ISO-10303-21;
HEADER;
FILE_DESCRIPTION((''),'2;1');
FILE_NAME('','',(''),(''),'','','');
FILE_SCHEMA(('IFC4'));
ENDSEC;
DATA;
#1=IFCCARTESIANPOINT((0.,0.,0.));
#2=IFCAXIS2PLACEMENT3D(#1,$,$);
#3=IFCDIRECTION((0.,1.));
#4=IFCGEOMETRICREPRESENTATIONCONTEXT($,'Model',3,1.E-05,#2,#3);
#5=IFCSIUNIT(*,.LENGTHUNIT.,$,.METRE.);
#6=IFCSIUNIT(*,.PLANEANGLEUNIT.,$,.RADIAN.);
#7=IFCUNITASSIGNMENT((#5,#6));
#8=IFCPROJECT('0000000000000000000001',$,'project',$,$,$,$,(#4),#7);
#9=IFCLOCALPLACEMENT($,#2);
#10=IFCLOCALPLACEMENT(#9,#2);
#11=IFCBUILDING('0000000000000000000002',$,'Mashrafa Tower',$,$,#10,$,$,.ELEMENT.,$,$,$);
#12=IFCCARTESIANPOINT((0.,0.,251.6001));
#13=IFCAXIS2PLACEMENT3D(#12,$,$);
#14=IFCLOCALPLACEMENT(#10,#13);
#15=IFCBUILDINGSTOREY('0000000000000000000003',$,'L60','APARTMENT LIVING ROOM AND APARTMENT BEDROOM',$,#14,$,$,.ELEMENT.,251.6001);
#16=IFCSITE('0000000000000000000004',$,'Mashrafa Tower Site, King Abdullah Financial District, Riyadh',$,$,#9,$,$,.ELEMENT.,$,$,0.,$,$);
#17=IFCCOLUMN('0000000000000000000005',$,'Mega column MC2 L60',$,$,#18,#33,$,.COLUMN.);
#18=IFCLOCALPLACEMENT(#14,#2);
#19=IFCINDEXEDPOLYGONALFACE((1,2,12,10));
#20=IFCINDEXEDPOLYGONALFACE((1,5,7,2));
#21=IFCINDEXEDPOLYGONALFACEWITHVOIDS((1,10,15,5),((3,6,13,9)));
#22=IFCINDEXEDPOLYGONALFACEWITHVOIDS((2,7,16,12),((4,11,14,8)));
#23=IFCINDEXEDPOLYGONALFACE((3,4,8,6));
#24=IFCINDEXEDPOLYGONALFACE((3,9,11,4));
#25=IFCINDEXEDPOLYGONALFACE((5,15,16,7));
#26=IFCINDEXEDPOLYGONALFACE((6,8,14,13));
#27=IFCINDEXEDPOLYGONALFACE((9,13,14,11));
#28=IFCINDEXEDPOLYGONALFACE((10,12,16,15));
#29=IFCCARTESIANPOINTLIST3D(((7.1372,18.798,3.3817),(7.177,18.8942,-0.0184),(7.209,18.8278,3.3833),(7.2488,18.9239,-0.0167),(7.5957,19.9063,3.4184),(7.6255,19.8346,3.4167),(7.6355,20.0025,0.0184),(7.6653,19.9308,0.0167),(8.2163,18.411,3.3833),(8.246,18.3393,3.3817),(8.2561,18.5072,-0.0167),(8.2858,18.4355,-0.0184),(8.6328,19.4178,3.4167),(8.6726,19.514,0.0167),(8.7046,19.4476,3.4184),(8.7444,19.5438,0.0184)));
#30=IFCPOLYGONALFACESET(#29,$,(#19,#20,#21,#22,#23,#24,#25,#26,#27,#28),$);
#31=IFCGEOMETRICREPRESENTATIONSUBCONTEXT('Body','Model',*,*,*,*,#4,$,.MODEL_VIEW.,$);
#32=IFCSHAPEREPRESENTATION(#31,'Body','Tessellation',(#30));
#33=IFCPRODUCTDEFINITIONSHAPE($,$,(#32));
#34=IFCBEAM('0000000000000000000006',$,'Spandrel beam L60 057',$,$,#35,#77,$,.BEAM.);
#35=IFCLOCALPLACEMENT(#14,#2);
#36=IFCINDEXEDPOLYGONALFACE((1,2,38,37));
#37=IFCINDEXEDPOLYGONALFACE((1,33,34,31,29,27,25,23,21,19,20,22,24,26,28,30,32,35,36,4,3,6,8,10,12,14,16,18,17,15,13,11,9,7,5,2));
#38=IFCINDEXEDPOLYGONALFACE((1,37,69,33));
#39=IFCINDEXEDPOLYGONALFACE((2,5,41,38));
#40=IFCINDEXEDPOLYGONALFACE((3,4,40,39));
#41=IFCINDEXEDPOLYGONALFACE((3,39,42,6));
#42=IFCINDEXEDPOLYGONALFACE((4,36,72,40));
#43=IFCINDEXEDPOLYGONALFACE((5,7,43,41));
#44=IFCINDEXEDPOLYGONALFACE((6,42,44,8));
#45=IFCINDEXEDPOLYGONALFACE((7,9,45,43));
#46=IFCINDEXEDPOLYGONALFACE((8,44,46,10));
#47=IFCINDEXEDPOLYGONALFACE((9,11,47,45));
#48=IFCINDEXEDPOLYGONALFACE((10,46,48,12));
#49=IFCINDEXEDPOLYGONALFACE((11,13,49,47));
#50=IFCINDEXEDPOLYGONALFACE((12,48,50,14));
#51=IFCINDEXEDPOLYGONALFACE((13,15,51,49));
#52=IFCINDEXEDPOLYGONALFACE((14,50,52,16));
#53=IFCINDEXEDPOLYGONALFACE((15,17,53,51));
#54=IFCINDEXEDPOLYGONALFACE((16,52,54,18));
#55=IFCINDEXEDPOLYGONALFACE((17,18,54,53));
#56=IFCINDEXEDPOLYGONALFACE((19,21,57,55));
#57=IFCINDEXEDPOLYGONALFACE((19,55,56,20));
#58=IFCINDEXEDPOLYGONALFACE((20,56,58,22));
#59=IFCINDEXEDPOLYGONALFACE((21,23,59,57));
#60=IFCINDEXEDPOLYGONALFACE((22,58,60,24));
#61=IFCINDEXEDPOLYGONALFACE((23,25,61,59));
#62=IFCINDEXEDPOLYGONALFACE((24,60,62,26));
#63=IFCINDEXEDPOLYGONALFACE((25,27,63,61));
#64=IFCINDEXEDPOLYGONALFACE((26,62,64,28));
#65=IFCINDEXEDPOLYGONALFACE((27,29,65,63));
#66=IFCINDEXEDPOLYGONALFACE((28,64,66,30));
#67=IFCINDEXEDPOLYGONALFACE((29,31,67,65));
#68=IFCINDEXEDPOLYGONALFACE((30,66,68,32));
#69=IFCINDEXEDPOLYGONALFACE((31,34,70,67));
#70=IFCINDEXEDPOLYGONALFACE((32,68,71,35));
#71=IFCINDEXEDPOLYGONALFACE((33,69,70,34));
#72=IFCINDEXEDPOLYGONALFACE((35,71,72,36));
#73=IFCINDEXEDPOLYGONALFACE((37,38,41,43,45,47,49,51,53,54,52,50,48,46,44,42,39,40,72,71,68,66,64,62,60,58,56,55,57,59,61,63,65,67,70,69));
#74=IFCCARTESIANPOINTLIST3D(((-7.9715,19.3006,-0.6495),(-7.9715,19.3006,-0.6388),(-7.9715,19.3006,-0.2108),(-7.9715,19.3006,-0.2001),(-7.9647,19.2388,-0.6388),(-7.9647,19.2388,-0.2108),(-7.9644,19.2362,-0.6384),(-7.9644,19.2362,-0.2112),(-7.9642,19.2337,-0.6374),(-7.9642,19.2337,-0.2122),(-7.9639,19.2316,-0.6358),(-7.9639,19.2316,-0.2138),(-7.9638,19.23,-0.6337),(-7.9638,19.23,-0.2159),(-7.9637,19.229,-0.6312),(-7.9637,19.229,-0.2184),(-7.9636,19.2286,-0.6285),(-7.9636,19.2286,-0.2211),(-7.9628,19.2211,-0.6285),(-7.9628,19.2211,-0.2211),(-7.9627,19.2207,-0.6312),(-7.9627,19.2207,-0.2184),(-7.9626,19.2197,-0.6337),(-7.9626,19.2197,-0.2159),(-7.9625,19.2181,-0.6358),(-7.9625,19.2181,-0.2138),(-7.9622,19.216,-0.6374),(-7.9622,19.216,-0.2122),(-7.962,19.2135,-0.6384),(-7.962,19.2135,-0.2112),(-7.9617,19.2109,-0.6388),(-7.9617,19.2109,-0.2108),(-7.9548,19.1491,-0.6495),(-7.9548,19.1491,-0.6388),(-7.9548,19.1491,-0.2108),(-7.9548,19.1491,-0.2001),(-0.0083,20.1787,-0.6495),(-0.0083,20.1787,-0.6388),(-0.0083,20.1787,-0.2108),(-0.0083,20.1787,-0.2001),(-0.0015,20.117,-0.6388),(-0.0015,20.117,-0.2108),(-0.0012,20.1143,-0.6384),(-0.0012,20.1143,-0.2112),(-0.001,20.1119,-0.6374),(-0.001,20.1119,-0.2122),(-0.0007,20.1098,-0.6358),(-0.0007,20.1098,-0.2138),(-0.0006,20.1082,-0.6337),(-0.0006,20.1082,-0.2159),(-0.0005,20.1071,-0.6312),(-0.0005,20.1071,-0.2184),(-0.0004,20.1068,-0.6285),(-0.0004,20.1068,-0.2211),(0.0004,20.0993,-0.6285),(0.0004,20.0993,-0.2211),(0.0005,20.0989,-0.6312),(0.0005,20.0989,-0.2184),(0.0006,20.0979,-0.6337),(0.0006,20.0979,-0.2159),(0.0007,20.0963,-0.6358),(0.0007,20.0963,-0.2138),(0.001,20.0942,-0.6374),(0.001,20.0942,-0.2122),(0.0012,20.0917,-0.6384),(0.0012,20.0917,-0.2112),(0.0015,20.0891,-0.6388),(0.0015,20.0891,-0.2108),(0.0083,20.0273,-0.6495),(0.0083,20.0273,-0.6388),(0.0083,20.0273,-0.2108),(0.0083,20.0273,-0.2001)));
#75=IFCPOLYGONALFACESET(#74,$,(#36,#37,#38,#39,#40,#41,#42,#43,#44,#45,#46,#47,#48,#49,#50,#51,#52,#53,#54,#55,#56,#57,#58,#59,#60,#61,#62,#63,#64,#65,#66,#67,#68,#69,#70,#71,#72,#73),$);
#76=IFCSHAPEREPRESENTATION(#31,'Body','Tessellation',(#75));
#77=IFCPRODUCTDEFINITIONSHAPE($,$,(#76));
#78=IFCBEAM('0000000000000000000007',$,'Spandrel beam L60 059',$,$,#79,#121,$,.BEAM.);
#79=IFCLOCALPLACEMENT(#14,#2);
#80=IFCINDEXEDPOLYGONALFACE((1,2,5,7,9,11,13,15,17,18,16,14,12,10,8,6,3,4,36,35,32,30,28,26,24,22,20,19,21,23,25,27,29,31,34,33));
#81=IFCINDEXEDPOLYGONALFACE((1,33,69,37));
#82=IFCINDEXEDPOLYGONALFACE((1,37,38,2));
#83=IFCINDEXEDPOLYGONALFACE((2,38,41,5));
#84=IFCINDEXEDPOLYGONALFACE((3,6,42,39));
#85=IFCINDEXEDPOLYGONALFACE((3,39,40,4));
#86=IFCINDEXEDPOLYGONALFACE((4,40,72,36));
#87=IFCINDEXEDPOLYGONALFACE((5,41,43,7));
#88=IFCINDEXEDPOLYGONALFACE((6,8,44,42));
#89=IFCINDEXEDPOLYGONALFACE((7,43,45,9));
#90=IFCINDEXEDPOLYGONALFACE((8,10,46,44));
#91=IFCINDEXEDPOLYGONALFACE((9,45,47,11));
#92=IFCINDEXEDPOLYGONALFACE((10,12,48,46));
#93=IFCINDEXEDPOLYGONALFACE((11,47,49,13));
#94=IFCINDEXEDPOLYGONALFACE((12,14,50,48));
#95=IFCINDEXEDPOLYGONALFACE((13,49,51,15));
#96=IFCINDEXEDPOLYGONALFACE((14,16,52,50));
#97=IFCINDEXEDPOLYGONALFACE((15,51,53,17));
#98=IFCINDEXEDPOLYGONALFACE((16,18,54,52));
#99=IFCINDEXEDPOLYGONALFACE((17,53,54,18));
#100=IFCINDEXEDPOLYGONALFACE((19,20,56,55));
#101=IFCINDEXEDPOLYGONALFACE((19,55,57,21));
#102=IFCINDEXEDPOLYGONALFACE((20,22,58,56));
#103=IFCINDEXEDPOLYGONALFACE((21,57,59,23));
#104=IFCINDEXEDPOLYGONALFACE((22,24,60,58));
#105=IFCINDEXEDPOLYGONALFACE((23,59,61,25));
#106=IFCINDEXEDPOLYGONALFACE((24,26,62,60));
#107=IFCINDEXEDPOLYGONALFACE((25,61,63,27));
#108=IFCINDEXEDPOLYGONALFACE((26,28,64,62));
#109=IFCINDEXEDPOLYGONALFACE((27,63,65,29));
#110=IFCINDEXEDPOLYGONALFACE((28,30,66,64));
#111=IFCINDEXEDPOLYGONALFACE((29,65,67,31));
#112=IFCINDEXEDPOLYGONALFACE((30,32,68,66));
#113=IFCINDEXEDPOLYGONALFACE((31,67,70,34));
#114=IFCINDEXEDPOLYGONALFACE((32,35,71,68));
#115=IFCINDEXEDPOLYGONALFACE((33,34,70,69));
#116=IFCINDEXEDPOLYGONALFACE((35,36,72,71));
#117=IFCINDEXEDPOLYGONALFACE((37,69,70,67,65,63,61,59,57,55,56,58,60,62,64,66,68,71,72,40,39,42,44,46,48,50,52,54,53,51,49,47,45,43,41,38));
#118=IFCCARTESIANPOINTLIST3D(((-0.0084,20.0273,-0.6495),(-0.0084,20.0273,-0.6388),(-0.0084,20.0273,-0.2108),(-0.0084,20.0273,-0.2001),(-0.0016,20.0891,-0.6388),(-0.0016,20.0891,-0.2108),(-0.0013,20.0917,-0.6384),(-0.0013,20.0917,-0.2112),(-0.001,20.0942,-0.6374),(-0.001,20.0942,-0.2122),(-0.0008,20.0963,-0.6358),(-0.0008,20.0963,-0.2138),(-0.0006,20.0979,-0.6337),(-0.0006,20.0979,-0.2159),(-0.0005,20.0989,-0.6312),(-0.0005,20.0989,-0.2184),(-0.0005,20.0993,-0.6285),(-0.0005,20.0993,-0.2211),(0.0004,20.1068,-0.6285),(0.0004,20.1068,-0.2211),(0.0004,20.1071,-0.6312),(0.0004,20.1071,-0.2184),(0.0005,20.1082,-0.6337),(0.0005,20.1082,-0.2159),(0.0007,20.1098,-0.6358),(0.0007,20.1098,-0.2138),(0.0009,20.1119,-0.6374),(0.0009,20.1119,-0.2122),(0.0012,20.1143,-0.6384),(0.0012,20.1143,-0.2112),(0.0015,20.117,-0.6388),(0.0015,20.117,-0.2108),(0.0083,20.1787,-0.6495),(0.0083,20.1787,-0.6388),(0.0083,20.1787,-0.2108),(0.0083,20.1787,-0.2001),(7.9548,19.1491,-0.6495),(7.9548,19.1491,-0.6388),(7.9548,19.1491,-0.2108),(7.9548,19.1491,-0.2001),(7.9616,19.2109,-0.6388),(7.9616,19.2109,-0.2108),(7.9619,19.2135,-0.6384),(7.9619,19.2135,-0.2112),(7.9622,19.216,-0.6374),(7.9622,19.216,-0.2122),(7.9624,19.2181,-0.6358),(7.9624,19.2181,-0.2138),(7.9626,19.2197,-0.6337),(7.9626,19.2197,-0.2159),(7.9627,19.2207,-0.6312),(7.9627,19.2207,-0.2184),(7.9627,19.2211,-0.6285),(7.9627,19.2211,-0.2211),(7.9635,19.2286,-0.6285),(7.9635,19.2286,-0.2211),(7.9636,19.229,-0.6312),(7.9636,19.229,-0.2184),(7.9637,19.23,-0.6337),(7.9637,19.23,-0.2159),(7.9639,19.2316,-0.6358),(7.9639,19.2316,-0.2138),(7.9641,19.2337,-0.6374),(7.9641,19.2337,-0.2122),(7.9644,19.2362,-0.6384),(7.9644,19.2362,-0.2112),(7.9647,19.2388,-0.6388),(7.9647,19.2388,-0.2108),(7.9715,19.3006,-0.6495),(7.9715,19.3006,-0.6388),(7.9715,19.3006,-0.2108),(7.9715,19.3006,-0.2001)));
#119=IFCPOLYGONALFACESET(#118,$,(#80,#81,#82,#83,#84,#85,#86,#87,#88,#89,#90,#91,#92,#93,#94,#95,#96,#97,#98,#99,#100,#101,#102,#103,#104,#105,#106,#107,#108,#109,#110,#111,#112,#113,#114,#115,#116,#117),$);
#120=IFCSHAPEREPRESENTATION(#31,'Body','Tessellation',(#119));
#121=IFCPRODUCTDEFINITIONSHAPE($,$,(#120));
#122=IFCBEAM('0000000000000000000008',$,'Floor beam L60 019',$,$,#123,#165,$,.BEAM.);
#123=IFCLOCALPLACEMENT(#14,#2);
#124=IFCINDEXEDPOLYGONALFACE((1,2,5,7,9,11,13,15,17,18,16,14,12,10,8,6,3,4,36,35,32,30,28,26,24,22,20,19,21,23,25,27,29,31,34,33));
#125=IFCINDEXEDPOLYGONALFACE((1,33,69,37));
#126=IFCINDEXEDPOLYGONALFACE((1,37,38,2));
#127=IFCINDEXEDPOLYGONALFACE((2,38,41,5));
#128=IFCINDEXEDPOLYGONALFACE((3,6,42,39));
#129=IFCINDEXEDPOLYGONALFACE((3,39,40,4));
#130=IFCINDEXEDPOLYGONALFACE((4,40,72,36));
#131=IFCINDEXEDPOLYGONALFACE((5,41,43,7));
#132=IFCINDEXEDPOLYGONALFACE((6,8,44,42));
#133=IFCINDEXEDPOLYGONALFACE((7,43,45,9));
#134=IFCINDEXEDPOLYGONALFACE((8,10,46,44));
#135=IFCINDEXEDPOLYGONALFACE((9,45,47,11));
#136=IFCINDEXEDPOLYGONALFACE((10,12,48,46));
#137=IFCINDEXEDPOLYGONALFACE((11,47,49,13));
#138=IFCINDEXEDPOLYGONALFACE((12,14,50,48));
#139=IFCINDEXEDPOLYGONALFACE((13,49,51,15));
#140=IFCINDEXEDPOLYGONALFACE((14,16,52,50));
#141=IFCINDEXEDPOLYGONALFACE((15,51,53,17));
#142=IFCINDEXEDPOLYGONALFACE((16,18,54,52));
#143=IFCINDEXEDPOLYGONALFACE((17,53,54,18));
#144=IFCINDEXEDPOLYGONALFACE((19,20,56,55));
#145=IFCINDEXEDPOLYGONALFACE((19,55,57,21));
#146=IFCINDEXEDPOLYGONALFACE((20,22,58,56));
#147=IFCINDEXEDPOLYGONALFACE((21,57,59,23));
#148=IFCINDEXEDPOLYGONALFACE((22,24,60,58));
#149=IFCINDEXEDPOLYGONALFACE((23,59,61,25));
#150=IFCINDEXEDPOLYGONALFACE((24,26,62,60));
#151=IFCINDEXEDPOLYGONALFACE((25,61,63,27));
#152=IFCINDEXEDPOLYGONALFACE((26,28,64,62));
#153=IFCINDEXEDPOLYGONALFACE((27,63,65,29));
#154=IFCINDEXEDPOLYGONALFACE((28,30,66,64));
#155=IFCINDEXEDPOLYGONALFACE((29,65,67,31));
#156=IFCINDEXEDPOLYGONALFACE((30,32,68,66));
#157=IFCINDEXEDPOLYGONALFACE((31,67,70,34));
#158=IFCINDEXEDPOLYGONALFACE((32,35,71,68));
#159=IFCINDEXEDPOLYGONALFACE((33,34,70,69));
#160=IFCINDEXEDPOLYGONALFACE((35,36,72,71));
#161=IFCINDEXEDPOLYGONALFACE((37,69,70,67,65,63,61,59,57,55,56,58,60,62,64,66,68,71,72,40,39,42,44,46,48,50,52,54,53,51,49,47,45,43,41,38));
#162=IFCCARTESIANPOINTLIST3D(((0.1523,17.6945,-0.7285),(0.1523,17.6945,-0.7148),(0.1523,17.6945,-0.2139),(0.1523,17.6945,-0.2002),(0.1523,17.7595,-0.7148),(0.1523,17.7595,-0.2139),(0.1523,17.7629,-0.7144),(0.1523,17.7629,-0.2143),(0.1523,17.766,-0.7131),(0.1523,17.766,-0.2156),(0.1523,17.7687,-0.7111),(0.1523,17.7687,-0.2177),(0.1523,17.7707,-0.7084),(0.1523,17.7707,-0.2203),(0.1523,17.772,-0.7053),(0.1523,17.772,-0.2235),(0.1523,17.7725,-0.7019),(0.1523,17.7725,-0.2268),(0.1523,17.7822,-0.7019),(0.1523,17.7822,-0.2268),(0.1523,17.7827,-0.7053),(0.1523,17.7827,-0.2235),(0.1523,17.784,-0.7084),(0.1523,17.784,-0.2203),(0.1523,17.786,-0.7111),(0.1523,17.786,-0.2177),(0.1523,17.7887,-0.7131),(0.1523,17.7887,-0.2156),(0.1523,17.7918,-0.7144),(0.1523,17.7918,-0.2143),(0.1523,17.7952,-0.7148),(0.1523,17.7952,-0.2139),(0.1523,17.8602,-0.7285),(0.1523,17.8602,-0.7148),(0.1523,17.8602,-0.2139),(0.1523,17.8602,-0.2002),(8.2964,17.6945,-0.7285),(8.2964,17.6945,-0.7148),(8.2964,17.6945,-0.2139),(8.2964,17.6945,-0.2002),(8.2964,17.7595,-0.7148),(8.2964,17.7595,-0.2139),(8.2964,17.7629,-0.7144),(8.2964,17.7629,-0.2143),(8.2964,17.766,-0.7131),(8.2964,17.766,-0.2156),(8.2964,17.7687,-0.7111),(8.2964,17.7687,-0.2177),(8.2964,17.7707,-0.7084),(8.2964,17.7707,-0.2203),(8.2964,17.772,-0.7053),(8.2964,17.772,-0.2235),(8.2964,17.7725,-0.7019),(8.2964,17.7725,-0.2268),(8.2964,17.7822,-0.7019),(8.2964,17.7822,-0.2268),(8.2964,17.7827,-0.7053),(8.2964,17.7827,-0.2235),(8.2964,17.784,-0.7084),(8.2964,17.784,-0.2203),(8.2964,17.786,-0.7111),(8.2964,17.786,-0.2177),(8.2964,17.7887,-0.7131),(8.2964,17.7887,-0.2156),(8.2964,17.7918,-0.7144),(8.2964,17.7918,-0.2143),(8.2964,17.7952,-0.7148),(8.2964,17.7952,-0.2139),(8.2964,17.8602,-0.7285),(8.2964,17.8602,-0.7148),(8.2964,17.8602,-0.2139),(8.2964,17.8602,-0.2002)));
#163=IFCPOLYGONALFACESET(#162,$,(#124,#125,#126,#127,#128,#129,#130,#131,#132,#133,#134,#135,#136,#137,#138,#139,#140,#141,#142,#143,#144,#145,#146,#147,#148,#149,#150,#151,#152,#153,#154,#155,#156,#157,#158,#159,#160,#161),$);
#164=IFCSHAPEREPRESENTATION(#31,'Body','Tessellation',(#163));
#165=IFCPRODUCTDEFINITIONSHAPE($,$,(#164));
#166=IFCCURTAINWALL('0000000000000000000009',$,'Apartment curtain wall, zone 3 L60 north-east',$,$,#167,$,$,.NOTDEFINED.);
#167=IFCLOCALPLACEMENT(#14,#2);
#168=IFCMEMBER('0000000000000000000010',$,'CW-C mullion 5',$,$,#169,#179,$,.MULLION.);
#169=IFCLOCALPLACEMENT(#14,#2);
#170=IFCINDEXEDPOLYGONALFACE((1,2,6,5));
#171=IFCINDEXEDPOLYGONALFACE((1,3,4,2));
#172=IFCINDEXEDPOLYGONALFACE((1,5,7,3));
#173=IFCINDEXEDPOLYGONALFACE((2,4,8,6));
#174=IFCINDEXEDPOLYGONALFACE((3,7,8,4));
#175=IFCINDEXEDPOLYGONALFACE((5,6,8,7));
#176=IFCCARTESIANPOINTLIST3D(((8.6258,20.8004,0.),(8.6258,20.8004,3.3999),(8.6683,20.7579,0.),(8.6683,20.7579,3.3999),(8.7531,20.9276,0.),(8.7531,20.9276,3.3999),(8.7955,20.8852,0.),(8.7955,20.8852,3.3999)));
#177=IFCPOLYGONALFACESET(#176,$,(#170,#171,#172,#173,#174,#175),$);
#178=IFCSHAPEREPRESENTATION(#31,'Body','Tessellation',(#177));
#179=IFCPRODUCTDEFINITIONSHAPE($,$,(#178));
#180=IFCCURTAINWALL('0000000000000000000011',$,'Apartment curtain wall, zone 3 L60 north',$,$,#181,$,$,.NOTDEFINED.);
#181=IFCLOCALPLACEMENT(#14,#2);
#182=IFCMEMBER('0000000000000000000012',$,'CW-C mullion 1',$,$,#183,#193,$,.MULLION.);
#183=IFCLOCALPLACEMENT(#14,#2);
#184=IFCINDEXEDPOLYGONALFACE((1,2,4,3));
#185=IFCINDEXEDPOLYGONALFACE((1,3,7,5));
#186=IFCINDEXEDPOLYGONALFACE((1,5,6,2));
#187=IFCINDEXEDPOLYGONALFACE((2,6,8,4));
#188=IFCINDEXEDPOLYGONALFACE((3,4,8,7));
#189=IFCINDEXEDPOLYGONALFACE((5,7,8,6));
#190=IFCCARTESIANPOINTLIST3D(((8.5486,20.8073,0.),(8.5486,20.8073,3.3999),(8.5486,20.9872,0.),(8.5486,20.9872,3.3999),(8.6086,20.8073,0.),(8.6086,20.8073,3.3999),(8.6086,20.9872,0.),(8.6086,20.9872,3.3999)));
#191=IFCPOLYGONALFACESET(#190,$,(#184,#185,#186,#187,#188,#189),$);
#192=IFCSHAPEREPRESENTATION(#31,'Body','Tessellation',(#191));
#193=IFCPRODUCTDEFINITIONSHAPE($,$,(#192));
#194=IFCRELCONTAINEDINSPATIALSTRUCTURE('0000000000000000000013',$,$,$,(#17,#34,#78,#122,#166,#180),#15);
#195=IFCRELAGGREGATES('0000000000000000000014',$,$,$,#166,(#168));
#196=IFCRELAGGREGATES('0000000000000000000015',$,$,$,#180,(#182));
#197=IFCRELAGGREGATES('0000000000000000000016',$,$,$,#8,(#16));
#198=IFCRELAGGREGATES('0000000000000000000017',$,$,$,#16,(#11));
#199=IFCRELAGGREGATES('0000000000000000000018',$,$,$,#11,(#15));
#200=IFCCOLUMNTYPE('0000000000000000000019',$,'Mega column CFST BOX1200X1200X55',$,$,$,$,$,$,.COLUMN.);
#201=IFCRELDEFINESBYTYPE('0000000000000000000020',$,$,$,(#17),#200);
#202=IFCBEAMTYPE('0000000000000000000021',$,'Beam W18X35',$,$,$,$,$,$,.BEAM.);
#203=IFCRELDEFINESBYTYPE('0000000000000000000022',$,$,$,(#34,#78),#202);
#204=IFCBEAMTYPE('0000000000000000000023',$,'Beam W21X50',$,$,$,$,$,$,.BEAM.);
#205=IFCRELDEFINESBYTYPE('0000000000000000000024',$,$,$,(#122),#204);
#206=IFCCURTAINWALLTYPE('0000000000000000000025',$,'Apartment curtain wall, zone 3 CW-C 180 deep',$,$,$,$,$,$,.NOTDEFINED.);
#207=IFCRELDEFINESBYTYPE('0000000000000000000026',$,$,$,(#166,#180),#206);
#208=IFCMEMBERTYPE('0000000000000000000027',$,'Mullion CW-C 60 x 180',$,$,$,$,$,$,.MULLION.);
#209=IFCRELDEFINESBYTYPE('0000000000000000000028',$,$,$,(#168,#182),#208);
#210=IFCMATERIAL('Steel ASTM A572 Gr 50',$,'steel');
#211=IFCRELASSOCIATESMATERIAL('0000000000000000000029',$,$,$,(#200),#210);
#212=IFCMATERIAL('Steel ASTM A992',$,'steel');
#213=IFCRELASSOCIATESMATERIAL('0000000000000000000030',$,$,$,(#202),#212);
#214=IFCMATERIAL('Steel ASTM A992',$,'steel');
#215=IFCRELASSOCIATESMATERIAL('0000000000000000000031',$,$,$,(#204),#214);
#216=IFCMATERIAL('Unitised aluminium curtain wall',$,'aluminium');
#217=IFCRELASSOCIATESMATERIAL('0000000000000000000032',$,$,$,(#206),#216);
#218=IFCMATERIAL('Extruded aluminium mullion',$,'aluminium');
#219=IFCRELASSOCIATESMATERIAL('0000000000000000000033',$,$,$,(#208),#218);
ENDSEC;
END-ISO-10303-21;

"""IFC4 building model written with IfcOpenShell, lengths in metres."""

from ifc_helpers import new_model, si_unit, direction, frame, origin, origin_2d, place, context, subcontext, project, spatial, rectangle, hollow_rectangle, i_section, extrude, source, transform, mapped, material, material_profile, profile_set, type_object, type_shapes, element, aggregate, save


model = new_model("IFC4")

# Units and contexts
model_context = context("Model", 3, precision=1e-05, world=origin(), true_north=direction((0.0, 1.0)))
body_context = subcontext(model_context, "Body", "Model", "MODEL_VIEW")
ifc_project = project(units=[si_unit("LENGTHUNIT", "METRE"), si_unit("PLANEANGLEUNIT", "RADIAN")], contexts=[model_context])

# Site, building, storey
site_placement = place(None, origin())
site = spatial("IfcSite", under=ifc_project, at=site_placement, Name="Mashrafa Tower Site, King Abdullah Financial District, Riyadh", CompositionType="ELEMENT", RefElevation=0.0)
building_placement = place(site_placement, origin())
building = spatial("IfcBuilding", under=site, at=building_placement, Name="Mashrafa Tower", CompositionType="ELEMENT")
storey_placement = place(building_placement, frame((0.0, 0.0, 251.6001)))
storey = spatial("IfcBuildingStorey", under=building, at=storey_placement, Name="L60", Description="APARTMENT LIVING ROOM AND APARTMENT BEDROOM", CompositionType="ELEMENT", Elevation=251.6001)

# Column
ifc_material_1 = material(Name="Steel ASTM A572 Gr 50", Category="steel")
ifc_material_profile_1 = material_profile(ifc_material_1, hollow_rectangle(XDim=1.2, YDim=1.2, WallThickness=0.0549, at=origin_2d()), Name="BOX1200X1200X55")
ifc_profile_set_1 = profile_set([ifc_material_profile_1], Name="Steel ASTM A572 Gr 50")
column_type = type_object("IfcColumnType", Name="Mega column CFST BOX1200X1200X55", PredefinedType="COLUMN", material=ifc_profile_set_1)
column_placement = place(storey_placement, frame((7.9607, 19.219, 0.0), z_axis=(-0.011699, -0.028279, 0.999532), x_axis=(0.924045, -0.382283, 0.0)))
element("IfcColumn", 1, at=column_placement, inside=storey, type_object=column_type, Name="Mega column MC2 L60", PredefinedType="COLUMN", context=body_context, shape_type="SweptSolid", body=[
    extrude(hollow_rectangle(XDim=1.2, YDim=1.2, WallThickness=0.0549, at=origin_2d()), origin(), (0.0, 0.0, 1.0), 3.4016),
])

# Beams
ifc_material_2 = material(Name="Steel ASTM A992", Category="steel")
ifc_material_profile_2 = material_profile(ifc_material_2, i_section(OverallWidth=0.1523, OverallDepth=0.4495, WebThickness=0.0076, FlangeThickness=0.0107, FilletRadius=0.0103, at=origin_2d()), Name="W18X35")
ifc_profile_set_2 = profile_set([ifc_material_profile_2], Name="Steel ASTM A992")
beam_type_1 = type_object("IfcBeamType", Name="Beam W18X35", PredefinedType="BEAM", material=ifc_profile_set_2)
for number, where, z_axis, x_axis, name in (
    (2, (0.0, 20.103, -0.4248), (-0.993974, -0.109615, 0.0), (0.109615, -0.993974, 0.0), "Spandrel beam L60 057"),
    (3, (7.9631, 19.2249, -0.4248), (-0.993974, 0.109615, 0.0), (-0.109615, -0.993974, 0.0), "Spandrel beam L60 059"),
):
    element("IfcBeam", number, at=place(storey_placement, frame(where, z_axis=z_axis, x_axis=x_axis)), inside=storey, type_object=beam_type_1, Name=name, PredefinedType="BEAM", context=body_context, shape_type="SweptSolid", body=[
        extrude(i_section(OverallWidth=0.1523, OverallDepth=0.4495, WebThickness=0.0076, FlangeThickness=0.0107, FilletRadius=0.0103, at=origin_2d()), origin(), (0.0, 0.0, 1.0), 8.0115),
    ])
ifc_material_3 = material(Name="Steel ASTM A992", Category="steel")
ifc_material_profile_3 = material_profile(ifc_material_3, i_section(OverallWidth=0.1658, OverallDepth=0.5283, WebThickness=0.0098, FlangeThickness=0.0137, FilletRadius=0.0129, at=origin_2d()), Name="W21X50")
ifc_profile_set_3 = profile_set([ifc_material_profile_3], Name="Steel ASTM A992")
beam_type_2 = type_object("IfcBeamType", Name="Beam W21X50", PredefinedType="BEAM", material=ifc_profile_set_3)
beam_placement = place(storey_placement, frame((0.1523, 17.7773, -0.4644), z_axis=(1.0, 0.0, 0.0), x_axis=(0.0, 1.0, 0.0)))
element("IfcBeam", 4, at=beam_placement, inside=storey, type_object=beam_type_2, Name="Floor beam L60 019", PredefinedType="BEAM", context=body_context, shape_type="SweptSolid", body=[
    extrude(i_section(OverallWidth=0.1658, OverallDepth=0.5283, WebThickness=0.0098, FlangeThickness=0.0137, FilletRadius=0.0129, at=origin_2d()), origin(), (0.0, 0.0, 1.0), 8.144),
])

# Curtain wall, member
ifc_material_4 = material(Name="Unitised aluminium curtain wall", Category="aluminium")
curtain_wall_type = type_object("IfcCurtainWallType", Name="Apartment curtain wall, zone 3 CW-C 180 deep", PredefinedType="NOTDEFINED", material=ifc_material_4)
curtain_wall_1_placement = place(storey_placement, origin())
curtain_wall_1 = element("IfcCurtainWall", 5, at=curtain_wall_1_placement, inside=storey, type_object=curtain_wall_type, Name="Apartment curtain wall, zone 3 L60 north-east", PredefinedType="NOTDEFINED")
ifc_material_5 = material(Name="Extruded aluminium mullion", Category="aluminium")
ifc_material_profile_4 = material_profile(ifc_material_5, rectangle(XDim=0.1799, YDim=0.0601, at=origin_2d()), Name="Mullion 60x180")
ifc_profile_set_4 = profile_set([ifc_material_profile_4], Name="Extruded aluminium mullion")
member_type_1 = type_object("IfcMemberType", Name="Mullion CW-C 60 x 180", PredefinedType="MULLION", material=ifc_profile_set_4)
shared_shape_1 = source(origin(), body_context, "Body", "SweptSolid", [
    extrude(rectangle(XDim=0.1799, YDim=0.0601, at=origin_2d()), origin(), (0.0, 0.0, 1.0), 3.3999),
])
type_shapes(member_type_1, [shared_shape_1])
member_1_placement = place(storey_placement, frame((8.7107, 20.8428, 0.0), z_axis=(0.0, 0.0, 1.0), x_axis=(-0.707107, -0.707107, 0.0)))
member_1 = element("IfcMember", 6, at=member_1_placement, type_object=member_type_1, Name="CW-C mullion 5", PredefinedType="MULLION", context=body_context, shape_type="MappedRepresentation", body=[
    mapped(shared_shape_1, transform((0.0, 0.0, 0.0))),
])

# Curtain wall, member
curtain_wall_2_placement = place(storey_placement, origin())
curtain_wall_2 = element("IfcCurtainWall", 7, at=curtain_wall_2_placement, inside=storey, type_object=curtain_wall_type, Name="Apartment curtain wall, zone 3 L60 north", PredefinedType="NOTDEFINED")
member_2_placement = place(storey_placement, frame((8.5786, 20.8972, 0.0), z_axis=(0.0, 0.0, 1.0), x_axis=(0.0, -1.0, 0.0)))
member_2 = element("IfcMember", 8, at=member_2_placement, type_object=member_type_1, Name="CW-C mullion 1", PredefinedType="MULLION", context=body_context, shape_type="MappedRepresentation", body=[
    mapped(shared_shape_1, transform((0.0, 0.0, 0.0))),
])

aggregate(curtain_wall_1, [member_1])
aggregate(curtain_wall_2, [member_2])

save(model, "model.ifc")
